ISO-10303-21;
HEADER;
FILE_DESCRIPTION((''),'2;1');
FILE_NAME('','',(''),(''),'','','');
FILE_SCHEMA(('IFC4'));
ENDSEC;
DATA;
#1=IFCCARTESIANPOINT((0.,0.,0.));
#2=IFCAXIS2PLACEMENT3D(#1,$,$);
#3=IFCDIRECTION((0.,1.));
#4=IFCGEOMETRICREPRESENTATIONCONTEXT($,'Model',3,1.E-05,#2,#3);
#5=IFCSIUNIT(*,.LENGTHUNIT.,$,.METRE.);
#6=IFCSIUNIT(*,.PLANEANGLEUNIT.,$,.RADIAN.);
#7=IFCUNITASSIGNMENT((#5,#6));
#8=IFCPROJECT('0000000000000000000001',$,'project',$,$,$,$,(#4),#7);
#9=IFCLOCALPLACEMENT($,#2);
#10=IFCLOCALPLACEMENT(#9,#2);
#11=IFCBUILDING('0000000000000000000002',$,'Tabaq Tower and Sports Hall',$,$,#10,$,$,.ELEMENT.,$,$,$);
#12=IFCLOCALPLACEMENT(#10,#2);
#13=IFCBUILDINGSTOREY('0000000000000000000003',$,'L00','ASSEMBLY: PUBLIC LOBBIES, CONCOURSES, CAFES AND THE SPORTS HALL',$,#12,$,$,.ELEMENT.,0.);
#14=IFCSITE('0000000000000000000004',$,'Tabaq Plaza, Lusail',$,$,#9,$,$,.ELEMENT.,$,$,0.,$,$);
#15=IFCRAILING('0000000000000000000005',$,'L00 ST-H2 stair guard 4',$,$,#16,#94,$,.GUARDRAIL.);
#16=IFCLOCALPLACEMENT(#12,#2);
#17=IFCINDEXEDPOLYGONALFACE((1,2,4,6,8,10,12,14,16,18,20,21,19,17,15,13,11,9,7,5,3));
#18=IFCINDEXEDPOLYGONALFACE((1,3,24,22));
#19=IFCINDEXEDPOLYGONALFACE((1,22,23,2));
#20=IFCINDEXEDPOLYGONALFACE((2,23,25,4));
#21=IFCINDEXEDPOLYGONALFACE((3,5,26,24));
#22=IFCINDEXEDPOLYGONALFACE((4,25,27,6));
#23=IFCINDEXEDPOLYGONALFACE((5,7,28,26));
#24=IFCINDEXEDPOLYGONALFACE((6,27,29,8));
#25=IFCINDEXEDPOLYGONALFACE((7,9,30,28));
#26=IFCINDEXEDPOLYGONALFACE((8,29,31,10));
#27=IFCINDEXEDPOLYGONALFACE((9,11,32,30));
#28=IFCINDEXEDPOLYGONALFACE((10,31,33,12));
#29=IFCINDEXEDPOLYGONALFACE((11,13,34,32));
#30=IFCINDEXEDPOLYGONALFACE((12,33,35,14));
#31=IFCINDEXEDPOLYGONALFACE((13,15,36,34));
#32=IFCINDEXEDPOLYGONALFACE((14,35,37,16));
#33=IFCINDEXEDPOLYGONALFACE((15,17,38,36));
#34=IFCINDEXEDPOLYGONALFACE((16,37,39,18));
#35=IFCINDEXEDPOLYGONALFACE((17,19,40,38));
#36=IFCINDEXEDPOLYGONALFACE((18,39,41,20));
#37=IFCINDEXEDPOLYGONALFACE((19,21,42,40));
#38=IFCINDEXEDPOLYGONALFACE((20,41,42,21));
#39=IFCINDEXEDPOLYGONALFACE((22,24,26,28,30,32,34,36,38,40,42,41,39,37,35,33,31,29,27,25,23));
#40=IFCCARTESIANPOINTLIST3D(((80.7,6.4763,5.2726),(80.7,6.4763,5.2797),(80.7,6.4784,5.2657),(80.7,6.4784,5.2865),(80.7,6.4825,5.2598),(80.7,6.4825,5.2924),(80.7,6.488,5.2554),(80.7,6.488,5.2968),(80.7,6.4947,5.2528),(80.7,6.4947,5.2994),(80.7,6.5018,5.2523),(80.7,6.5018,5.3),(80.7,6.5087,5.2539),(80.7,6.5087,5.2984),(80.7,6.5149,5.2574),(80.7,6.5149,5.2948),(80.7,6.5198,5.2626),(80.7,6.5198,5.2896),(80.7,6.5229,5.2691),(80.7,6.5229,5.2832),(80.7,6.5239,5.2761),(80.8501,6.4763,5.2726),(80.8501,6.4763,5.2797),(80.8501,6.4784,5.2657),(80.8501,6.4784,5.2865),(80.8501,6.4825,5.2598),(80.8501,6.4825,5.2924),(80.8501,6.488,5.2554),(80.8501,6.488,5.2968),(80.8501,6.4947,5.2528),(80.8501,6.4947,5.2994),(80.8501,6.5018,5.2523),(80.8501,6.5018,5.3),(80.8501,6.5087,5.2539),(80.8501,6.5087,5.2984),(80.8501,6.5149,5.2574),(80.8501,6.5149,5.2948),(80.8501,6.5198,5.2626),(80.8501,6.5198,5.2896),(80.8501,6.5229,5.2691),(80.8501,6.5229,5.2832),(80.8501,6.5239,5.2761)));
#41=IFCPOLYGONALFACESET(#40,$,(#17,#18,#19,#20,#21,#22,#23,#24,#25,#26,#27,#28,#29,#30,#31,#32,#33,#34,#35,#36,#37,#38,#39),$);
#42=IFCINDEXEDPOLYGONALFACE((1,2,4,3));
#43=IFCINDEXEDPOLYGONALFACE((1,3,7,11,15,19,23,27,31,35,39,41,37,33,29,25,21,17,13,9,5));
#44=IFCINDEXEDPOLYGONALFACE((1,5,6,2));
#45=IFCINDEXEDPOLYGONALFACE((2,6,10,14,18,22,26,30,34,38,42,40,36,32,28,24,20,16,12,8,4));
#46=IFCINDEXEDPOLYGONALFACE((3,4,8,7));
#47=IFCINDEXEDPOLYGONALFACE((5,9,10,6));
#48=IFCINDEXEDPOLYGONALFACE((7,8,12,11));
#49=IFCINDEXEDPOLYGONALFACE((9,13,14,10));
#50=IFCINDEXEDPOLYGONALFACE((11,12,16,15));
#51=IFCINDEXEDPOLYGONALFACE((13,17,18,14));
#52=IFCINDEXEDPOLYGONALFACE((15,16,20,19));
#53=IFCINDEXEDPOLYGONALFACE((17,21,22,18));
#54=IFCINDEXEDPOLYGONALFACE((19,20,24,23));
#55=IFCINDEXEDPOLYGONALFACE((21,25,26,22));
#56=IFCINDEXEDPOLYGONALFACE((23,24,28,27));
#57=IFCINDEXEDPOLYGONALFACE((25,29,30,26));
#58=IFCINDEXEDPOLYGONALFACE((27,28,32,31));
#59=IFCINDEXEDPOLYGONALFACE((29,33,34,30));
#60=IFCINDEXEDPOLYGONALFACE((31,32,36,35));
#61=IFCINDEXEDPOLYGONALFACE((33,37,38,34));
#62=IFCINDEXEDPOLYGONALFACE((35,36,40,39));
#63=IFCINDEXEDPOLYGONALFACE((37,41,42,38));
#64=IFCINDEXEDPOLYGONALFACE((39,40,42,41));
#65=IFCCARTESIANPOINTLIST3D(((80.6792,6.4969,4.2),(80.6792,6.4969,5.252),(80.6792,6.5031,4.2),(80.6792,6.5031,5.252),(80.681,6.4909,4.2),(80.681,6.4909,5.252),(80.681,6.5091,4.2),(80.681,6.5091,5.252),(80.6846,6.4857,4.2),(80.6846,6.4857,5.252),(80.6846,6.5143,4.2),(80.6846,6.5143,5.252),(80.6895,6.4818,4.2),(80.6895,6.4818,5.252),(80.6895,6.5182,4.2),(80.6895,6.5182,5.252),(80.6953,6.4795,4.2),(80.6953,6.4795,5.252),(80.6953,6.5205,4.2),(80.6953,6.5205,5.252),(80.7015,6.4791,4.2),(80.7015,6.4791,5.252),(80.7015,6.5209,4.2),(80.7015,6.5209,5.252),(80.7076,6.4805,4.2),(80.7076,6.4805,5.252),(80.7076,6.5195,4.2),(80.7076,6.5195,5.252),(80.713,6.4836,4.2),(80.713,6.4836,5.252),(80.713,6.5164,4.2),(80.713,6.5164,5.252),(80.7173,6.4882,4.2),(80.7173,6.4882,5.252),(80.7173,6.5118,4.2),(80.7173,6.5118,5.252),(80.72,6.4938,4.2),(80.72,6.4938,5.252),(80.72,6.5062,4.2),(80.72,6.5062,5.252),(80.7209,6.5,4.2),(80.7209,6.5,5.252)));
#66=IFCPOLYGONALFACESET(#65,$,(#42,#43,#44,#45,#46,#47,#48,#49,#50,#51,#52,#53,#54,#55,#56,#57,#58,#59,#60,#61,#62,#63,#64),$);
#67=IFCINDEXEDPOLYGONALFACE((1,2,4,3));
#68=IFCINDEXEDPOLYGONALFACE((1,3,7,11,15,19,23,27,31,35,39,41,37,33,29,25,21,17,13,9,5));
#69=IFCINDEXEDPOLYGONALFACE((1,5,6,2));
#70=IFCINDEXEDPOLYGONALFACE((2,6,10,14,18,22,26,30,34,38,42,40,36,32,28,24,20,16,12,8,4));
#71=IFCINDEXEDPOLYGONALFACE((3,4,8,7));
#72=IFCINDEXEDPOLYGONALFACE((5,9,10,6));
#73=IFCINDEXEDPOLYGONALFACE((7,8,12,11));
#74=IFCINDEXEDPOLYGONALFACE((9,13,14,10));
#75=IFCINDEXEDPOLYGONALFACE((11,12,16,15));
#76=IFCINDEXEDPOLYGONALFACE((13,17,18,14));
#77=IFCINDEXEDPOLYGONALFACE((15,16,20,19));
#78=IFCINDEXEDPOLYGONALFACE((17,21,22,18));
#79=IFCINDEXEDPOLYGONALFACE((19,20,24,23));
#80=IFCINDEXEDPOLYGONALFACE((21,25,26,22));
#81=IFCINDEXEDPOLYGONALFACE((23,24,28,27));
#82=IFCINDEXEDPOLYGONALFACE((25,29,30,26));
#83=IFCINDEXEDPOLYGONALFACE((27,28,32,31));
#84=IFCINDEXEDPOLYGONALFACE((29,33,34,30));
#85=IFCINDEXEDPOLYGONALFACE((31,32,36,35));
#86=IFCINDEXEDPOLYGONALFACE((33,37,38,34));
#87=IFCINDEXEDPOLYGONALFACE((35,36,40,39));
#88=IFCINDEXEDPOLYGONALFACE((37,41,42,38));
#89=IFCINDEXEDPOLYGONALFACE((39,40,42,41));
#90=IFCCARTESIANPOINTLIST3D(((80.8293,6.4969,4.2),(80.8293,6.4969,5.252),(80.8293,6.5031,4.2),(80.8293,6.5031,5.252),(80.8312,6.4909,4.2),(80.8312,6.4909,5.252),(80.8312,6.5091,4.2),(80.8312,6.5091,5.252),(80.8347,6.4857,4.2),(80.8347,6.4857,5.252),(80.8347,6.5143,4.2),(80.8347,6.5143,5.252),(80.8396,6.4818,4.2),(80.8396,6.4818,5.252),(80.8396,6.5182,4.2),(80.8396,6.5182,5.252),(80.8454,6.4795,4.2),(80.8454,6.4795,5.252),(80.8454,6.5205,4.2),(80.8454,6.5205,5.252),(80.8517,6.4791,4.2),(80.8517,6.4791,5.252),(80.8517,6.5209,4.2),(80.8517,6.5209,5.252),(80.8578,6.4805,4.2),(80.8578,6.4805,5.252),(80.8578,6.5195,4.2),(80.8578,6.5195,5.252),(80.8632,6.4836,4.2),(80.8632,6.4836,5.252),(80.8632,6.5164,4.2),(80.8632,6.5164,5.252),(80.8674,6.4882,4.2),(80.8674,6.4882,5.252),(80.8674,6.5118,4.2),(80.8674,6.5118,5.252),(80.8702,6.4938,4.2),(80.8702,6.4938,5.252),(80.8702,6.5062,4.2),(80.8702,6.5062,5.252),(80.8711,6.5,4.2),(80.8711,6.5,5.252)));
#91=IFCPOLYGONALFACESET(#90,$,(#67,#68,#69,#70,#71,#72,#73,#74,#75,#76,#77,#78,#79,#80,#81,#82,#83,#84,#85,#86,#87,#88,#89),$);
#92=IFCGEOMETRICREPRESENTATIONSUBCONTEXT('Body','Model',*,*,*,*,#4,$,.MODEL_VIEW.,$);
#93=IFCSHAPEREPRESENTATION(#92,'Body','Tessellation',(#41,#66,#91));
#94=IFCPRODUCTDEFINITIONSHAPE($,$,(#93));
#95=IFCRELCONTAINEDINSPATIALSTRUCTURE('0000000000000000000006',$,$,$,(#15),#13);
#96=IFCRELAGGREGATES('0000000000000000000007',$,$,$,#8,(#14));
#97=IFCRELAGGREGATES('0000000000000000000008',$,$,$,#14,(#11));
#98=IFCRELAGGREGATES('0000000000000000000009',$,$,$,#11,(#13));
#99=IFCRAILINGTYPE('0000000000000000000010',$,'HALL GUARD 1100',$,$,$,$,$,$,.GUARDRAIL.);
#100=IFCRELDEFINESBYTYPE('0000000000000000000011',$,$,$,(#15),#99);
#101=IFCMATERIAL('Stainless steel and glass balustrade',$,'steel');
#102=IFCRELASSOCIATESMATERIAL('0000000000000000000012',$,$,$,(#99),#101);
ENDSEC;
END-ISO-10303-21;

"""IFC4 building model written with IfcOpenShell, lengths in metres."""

from ifc_helpers import new_model, si_unit, direction, frame, origin, origin_2d, place, context, subcontext, project, spatial, circle, extrude, material, type_object, element, save


model = new_model("IFC4")

# Units and contexts
model_context = context("Model", 3, precision=1e-05, world=origin(), true_north=direction((0.0, 1.0)))
body_context = subcontext(model_context, "Body", "Model", "MODEL_VIEW")
ifc_project = project(units=[si_unit("LENGTHUNIT", "METRE"), si_unit("PLANEANGLEUNIT", "RADIAN")], contexts=[model_context])

# Site, building, storey
site_placement = place(None, origin())
site = spatial("IfcSite", under=ifc_project, at=site_placement, Name="Tabaq Plaza, Lusail", CompositionType="ELEMENT", RefElevation=0.0)
building_placement = place(site_placement, origin())
building = spatial("IfcBuilding", under=site, at=building_placement, Name="Tabaq Tower and Sports Hall", CompositionType="ELEMENT")
storey_placement = place(building_placement, origin())
storey = spatial("IfcBuildingStorey", under=building, at=storey_placement, Name="L00", Description="ASSEMBLY: PUBLIC LOBBIES, CONCOURSES, CAFES AND THE SPORTS HALL", CompositionType="ELEMENT", Elevation=0.0)

# Railing
ifc_material_1 = material(Name="Stainless steel and glass balustrade", Category="steel")
railing_type_1 = type_object("IfcRailingType", Name="HALL GUARD 1100", PredefinedType="GUARDRAIL", material=ifc_material_1)
railing_1_placement = place(storey_placement, frame((80.7, 6.5, 4.2)))
element("IfcRailing", 1, at=railing_1_placement, inside=storey, type_object=railing_type_1, Name="L00 ST-H2 stair guard 4", PredefinedType="GUARDRAIL", context=body_context, shape_type="SweptSolid", body=[
    extrude(circle(Radius=0.0239, at=origin_2d()), frame((0.0, 0.0, 1.0762), z_axis=(1.0, 0.0, 0.0), x_axis=(0.0, 1.0, 0.0)), (0.0, 0.0, 1.0), 0.1501),
    extrude(circle(Radius=0.021, at=origin_2d()), origin(), (0.0, 0.0, 1.0), 1.052),
    extrude(circle(Radius=0.021, at=origin_2d()), frame((0.1501, 0.0, 0.0)), (0.0, 0.0, 1.0), 1.052),
])

save(model, "model.ifc")
